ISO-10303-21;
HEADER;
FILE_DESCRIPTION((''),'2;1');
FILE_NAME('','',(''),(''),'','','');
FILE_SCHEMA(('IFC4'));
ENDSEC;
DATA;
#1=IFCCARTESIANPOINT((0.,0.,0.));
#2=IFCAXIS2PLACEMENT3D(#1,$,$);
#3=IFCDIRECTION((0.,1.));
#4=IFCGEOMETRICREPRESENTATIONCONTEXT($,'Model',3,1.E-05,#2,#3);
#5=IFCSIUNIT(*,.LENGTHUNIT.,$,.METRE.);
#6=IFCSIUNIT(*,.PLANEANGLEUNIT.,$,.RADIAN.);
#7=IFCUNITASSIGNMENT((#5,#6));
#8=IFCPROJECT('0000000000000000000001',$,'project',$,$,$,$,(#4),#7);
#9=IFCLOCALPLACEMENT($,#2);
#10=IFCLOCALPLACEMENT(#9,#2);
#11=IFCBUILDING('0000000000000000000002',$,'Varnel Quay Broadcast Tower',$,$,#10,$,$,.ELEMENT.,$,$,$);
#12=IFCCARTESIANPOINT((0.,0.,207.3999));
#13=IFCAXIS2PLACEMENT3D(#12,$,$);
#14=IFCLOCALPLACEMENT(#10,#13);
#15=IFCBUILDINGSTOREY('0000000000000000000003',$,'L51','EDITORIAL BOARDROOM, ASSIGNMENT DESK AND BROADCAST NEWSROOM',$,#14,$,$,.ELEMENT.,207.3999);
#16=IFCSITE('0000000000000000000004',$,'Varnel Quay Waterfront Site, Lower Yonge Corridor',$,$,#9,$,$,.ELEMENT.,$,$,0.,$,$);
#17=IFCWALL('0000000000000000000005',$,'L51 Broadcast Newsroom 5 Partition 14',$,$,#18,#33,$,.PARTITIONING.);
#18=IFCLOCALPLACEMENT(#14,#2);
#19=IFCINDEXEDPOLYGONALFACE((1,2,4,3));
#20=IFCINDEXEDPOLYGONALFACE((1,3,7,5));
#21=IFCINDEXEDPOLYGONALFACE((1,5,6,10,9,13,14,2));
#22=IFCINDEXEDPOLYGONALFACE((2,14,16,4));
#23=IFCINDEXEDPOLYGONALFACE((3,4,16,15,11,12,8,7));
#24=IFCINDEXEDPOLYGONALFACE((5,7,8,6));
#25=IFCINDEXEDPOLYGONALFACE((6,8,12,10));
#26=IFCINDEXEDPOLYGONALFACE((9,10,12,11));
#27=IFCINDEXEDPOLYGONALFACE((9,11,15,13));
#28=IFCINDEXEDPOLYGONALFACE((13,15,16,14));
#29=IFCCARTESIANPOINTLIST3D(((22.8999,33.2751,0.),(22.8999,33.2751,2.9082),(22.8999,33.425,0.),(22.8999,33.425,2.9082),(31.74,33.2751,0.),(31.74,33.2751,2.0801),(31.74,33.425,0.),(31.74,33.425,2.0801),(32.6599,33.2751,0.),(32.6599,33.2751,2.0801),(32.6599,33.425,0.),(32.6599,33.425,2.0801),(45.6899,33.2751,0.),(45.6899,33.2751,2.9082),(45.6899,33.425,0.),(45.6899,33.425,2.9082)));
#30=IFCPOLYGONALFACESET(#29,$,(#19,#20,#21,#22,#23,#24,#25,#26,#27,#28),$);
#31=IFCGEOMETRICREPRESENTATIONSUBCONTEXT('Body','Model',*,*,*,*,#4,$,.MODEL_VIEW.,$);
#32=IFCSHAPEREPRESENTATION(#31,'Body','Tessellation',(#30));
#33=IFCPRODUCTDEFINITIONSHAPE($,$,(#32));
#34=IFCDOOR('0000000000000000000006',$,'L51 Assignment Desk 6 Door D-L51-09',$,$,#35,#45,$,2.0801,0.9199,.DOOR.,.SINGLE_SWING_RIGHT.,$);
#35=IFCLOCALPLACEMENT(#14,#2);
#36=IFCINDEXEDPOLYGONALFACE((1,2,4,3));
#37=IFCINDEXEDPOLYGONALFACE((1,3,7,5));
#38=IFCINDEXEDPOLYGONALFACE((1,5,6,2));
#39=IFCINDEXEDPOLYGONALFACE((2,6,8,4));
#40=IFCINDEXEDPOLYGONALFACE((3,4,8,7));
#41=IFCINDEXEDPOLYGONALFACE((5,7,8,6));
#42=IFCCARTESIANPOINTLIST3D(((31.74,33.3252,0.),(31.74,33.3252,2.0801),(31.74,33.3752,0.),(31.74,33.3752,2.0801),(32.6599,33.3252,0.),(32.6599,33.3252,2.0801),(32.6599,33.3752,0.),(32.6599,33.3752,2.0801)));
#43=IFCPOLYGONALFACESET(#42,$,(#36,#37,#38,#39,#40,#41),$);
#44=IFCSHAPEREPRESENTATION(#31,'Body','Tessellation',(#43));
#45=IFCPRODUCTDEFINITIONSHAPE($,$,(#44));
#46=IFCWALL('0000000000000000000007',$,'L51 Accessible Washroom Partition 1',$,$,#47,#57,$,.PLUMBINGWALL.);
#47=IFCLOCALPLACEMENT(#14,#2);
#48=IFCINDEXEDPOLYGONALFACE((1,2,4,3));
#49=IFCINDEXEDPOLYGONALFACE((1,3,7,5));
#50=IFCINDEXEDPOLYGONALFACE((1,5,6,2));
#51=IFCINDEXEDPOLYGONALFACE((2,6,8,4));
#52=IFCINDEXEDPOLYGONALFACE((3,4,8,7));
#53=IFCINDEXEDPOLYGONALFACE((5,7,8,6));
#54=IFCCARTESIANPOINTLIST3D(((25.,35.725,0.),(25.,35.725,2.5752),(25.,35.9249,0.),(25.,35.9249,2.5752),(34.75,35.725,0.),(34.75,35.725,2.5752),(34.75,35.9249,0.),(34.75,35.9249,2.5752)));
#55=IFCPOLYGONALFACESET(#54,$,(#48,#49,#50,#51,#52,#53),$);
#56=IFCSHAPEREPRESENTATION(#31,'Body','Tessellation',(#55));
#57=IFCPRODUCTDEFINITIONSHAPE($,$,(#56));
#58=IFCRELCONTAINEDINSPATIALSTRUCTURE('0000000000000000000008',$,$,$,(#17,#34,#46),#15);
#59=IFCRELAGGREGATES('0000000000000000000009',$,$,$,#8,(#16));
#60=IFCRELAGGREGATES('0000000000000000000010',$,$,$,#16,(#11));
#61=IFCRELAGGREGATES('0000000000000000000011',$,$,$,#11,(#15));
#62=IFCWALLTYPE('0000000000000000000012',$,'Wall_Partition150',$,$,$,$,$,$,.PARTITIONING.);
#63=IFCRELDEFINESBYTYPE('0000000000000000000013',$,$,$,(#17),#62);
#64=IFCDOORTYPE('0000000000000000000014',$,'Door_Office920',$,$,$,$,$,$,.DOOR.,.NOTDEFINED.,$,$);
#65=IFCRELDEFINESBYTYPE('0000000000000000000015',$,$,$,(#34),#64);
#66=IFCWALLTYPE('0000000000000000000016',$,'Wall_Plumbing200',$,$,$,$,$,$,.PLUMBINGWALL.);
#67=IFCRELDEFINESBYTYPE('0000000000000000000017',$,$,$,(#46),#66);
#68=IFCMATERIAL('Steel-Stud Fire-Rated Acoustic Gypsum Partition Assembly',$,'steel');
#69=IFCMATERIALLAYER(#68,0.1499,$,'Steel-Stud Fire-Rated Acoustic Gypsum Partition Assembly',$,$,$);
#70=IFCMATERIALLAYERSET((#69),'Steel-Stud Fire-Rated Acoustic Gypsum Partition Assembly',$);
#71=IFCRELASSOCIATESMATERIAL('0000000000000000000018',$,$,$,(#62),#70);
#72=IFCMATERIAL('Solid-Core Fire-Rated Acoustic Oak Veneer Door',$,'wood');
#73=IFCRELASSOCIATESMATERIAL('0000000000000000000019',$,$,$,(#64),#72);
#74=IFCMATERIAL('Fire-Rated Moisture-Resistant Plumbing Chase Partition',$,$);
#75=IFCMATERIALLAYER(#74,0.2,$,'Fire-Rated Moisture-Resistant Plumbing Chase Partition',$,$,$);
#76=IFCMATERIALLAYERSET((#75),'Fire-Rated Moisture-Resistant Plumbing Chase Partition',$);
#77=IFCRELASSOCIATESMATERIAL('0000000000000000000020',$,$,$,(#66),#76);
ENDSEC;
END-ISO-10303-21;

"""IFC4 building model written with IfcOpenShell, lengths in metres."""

from ifc_helpers import new_model, si_unit, direction, frame, frame_2d, origin, place, context, subcontext, project, spatial, rectangle, extrude, source, transform, mapped, material, layer, layer_set, type_object, type_shapes, element, fill, save


model = new_model("IFC4")

# Units and contexts
model_context = context("Model", 3, precision=1e-05, world=origin(), true_north=direction((0.0, 1.0)))
body_context = subcontext(model_context, "Body", "Model", "MODEL_VIEW")
ifc_project = project(units=[si_unit("LENGTHUNIT", "METRE"), si_unit("PLANEANGLEUNIT", "RADIAN")], contexts=[model_context])

# Site, building, storey
site_placement = place(None, origin())
site = spatial("IfcSite", under=ifc_project, at=site_placement, Name="Varnel Quay Waterfront Site, Lower Yonge Corridor", CompositionType="ELEMENT", RefElevation=0.0)
building_placement = place(site_placement, origin())
building = spatial("IfcBuilding", under=site, at=building_placement, Name="Varnel Quay Broadcast Tower", CompositionType="ELEMENT")
storey_placement = place(building_placement, frame((0.0, 0.0, 207.3999)))
storey = spatial("IfcBuildingStorey", under=building, at=storey_placement, Name="L51", Description="EDITORIAL BOARDROOM, ASSIGNMENT DESK AND BROADCAST NEWSROOM", CompositionType="ELEMENT", Elevation=207.3999)

# Shared definitions
ifc_material_1 = material(Name="Steel-Stud Fire-Rated Acoustic Gypsum Partition Assembly", Category="steel")
ifc_material_2 = material(Name="Solid-Core Fire-Rated Acoustic Oak Veneer Door", Category="wood")

# Shared definitions
ifc_layer_1 = layer(ifc_material_1, 0.1499, Name="Steel-Stud Fire-Rated Acoustic Gypsum Partition Assembly")
ifc_layer_set_1 = layer_set([ifc_layer_1], Name="Steel-Stud Fire-Rated Acoustic Gypsum Partition Assembly")
wall_type_1 = type_object("IfcWallType", Name="Wall_Partition150", PredefinedType="PARTITIONING", material=ifc_layer_set_1)

# Wall, opening, door
wall_1_placement = place(storey_placement, frame((22.8999, 33.3501, 0.0), z_axis=(0.0, 0.0, 1.0), x_axis=(1.0, 0.0, 0.0)))
wall_1 = element("IfcWall", 1, at=wall_1_placement, inside=storey, type_object=wall_type_1, Name="L51 Broadcast Newsroom 5 Partition 14", PredefinedType="PARTITIONING", context=body_context, shape_type="SweptSolid", body=[
    extrude(rectangle(XDim=22.79, YDim=0.1499, at=frame_2d((11.395, 0.0))), origin(), (0.0, 0.0, 1.0), 2.9082),
])
opening_1_placement = place(wall_1_placement, frame((8.8401, 0.0, 0.0)))
opening_1 = element("IfcOpeningElement", 2, at=opening_1_placement, cuts=wall_1, PredefinedType="OPENING", context=body_context, shape_type="SweptSolid", body=[
    extrude(rectangle(XDim=0.9199, YDim=2.0801, at=frame_2d((0.46, 1.04))), frame((0.0, 0.085, 0.0), z_axis=(0.0, -1.0, 0.0), x_axis=(1.0, 0.0, 0.0)), (0.0, 0.0, 1.0), 0.1699),
])
door_type_1 = type_object("IfcDoorType", Name="Door_Office920", OperationType="NOTDEFINED", PredefinedType="DOOR", material=ifc_material_2)
shared_shape_1 = source(origin(), body_context, "Body", "SweptSolid", [
    extrude(rectangle(XDim=0.9199, YDim=2.0801, at=frame_2d((0.46, 1.04))), frame((0.0, 0.0249, 0.0), z_axis=(0.0, -1.0, 0.0), x_axis=(1.0, 0.0, 0.0)), (0.0, 0.0, 1.0), 0.05),
])
type_shapes(door_type_1, [shared_shape_1])
door_1_placement = place(opening_1_placement, frame((0.9199, 0.0, 0.0), z_axis=(0.0, 0.0, 1.0), x_axis=(-1.0, 0.0, 0.0)))
door_1 = element("IfcDoor", 3, at=door_1_placement, inside=storey, type_object=door_type_1, Name="L51 Assignment Desk 6 Door D-L51-09", OperationType="SINGLE_SWING_RIGHT", OverallHeight=2.0801, OverallWidth=0.9199, PredefinedType="DOOR", context=body_context, shape_type="MappedRepresentation", body=[
    mapped(shared_shape_1, transform((0.0, 0.0, 0.0), x_axis=(1.0, 0.0, 0.0), y_axis=(0.0, 1.0, 0.0), z_axis=(0.0, 0.0, 1.0), scale=1.0)),
])
fill(opening_1, door_1)

# Wall
ifc_material_3 = material(Name="Fire-Rated Moisture-Resistant Plumbing Chase Partition")
ifc_layer_2 = layer(ifc_material_3, 0.2, Name="Fire-Rated Moisture-Resistant Plumbing Chase Partition")
ifc_layer_set_2 = layer_set([ifc_layer_2], Name="Fire-Rated Moisture-Resistant Plumbing Chase Partition")
wall_type_2 = type_object("IfcWallType", Name="Wall_Plumbing200", PredefinedType="PLUMBINGWALL", material=ifc_layer_set_2)
wall_2_placement = place(storey_placement, frame((25.0, 35.825, 0.0), z_axis=(0.0, 0.0, 1.0), x_axis=(1.0, 0.0, 0.0)))
element("IfcWall", 4, at=wall_2_placement, inside=storey, type_object=wall_type_2, Name="L51 Accessible Washroom Partition 1", PredefinedType="PLUMBINGWALL", context=body_context, shape_type="SweptSolid", body=[
    extrude(rectangle(XDim=9.75, YDim=0.2, at=frame_2d((4.875, 0.0))), origin(), (0.0, 0.0, 1.0), 2.5752),
])

save(model, "model.ifc")
